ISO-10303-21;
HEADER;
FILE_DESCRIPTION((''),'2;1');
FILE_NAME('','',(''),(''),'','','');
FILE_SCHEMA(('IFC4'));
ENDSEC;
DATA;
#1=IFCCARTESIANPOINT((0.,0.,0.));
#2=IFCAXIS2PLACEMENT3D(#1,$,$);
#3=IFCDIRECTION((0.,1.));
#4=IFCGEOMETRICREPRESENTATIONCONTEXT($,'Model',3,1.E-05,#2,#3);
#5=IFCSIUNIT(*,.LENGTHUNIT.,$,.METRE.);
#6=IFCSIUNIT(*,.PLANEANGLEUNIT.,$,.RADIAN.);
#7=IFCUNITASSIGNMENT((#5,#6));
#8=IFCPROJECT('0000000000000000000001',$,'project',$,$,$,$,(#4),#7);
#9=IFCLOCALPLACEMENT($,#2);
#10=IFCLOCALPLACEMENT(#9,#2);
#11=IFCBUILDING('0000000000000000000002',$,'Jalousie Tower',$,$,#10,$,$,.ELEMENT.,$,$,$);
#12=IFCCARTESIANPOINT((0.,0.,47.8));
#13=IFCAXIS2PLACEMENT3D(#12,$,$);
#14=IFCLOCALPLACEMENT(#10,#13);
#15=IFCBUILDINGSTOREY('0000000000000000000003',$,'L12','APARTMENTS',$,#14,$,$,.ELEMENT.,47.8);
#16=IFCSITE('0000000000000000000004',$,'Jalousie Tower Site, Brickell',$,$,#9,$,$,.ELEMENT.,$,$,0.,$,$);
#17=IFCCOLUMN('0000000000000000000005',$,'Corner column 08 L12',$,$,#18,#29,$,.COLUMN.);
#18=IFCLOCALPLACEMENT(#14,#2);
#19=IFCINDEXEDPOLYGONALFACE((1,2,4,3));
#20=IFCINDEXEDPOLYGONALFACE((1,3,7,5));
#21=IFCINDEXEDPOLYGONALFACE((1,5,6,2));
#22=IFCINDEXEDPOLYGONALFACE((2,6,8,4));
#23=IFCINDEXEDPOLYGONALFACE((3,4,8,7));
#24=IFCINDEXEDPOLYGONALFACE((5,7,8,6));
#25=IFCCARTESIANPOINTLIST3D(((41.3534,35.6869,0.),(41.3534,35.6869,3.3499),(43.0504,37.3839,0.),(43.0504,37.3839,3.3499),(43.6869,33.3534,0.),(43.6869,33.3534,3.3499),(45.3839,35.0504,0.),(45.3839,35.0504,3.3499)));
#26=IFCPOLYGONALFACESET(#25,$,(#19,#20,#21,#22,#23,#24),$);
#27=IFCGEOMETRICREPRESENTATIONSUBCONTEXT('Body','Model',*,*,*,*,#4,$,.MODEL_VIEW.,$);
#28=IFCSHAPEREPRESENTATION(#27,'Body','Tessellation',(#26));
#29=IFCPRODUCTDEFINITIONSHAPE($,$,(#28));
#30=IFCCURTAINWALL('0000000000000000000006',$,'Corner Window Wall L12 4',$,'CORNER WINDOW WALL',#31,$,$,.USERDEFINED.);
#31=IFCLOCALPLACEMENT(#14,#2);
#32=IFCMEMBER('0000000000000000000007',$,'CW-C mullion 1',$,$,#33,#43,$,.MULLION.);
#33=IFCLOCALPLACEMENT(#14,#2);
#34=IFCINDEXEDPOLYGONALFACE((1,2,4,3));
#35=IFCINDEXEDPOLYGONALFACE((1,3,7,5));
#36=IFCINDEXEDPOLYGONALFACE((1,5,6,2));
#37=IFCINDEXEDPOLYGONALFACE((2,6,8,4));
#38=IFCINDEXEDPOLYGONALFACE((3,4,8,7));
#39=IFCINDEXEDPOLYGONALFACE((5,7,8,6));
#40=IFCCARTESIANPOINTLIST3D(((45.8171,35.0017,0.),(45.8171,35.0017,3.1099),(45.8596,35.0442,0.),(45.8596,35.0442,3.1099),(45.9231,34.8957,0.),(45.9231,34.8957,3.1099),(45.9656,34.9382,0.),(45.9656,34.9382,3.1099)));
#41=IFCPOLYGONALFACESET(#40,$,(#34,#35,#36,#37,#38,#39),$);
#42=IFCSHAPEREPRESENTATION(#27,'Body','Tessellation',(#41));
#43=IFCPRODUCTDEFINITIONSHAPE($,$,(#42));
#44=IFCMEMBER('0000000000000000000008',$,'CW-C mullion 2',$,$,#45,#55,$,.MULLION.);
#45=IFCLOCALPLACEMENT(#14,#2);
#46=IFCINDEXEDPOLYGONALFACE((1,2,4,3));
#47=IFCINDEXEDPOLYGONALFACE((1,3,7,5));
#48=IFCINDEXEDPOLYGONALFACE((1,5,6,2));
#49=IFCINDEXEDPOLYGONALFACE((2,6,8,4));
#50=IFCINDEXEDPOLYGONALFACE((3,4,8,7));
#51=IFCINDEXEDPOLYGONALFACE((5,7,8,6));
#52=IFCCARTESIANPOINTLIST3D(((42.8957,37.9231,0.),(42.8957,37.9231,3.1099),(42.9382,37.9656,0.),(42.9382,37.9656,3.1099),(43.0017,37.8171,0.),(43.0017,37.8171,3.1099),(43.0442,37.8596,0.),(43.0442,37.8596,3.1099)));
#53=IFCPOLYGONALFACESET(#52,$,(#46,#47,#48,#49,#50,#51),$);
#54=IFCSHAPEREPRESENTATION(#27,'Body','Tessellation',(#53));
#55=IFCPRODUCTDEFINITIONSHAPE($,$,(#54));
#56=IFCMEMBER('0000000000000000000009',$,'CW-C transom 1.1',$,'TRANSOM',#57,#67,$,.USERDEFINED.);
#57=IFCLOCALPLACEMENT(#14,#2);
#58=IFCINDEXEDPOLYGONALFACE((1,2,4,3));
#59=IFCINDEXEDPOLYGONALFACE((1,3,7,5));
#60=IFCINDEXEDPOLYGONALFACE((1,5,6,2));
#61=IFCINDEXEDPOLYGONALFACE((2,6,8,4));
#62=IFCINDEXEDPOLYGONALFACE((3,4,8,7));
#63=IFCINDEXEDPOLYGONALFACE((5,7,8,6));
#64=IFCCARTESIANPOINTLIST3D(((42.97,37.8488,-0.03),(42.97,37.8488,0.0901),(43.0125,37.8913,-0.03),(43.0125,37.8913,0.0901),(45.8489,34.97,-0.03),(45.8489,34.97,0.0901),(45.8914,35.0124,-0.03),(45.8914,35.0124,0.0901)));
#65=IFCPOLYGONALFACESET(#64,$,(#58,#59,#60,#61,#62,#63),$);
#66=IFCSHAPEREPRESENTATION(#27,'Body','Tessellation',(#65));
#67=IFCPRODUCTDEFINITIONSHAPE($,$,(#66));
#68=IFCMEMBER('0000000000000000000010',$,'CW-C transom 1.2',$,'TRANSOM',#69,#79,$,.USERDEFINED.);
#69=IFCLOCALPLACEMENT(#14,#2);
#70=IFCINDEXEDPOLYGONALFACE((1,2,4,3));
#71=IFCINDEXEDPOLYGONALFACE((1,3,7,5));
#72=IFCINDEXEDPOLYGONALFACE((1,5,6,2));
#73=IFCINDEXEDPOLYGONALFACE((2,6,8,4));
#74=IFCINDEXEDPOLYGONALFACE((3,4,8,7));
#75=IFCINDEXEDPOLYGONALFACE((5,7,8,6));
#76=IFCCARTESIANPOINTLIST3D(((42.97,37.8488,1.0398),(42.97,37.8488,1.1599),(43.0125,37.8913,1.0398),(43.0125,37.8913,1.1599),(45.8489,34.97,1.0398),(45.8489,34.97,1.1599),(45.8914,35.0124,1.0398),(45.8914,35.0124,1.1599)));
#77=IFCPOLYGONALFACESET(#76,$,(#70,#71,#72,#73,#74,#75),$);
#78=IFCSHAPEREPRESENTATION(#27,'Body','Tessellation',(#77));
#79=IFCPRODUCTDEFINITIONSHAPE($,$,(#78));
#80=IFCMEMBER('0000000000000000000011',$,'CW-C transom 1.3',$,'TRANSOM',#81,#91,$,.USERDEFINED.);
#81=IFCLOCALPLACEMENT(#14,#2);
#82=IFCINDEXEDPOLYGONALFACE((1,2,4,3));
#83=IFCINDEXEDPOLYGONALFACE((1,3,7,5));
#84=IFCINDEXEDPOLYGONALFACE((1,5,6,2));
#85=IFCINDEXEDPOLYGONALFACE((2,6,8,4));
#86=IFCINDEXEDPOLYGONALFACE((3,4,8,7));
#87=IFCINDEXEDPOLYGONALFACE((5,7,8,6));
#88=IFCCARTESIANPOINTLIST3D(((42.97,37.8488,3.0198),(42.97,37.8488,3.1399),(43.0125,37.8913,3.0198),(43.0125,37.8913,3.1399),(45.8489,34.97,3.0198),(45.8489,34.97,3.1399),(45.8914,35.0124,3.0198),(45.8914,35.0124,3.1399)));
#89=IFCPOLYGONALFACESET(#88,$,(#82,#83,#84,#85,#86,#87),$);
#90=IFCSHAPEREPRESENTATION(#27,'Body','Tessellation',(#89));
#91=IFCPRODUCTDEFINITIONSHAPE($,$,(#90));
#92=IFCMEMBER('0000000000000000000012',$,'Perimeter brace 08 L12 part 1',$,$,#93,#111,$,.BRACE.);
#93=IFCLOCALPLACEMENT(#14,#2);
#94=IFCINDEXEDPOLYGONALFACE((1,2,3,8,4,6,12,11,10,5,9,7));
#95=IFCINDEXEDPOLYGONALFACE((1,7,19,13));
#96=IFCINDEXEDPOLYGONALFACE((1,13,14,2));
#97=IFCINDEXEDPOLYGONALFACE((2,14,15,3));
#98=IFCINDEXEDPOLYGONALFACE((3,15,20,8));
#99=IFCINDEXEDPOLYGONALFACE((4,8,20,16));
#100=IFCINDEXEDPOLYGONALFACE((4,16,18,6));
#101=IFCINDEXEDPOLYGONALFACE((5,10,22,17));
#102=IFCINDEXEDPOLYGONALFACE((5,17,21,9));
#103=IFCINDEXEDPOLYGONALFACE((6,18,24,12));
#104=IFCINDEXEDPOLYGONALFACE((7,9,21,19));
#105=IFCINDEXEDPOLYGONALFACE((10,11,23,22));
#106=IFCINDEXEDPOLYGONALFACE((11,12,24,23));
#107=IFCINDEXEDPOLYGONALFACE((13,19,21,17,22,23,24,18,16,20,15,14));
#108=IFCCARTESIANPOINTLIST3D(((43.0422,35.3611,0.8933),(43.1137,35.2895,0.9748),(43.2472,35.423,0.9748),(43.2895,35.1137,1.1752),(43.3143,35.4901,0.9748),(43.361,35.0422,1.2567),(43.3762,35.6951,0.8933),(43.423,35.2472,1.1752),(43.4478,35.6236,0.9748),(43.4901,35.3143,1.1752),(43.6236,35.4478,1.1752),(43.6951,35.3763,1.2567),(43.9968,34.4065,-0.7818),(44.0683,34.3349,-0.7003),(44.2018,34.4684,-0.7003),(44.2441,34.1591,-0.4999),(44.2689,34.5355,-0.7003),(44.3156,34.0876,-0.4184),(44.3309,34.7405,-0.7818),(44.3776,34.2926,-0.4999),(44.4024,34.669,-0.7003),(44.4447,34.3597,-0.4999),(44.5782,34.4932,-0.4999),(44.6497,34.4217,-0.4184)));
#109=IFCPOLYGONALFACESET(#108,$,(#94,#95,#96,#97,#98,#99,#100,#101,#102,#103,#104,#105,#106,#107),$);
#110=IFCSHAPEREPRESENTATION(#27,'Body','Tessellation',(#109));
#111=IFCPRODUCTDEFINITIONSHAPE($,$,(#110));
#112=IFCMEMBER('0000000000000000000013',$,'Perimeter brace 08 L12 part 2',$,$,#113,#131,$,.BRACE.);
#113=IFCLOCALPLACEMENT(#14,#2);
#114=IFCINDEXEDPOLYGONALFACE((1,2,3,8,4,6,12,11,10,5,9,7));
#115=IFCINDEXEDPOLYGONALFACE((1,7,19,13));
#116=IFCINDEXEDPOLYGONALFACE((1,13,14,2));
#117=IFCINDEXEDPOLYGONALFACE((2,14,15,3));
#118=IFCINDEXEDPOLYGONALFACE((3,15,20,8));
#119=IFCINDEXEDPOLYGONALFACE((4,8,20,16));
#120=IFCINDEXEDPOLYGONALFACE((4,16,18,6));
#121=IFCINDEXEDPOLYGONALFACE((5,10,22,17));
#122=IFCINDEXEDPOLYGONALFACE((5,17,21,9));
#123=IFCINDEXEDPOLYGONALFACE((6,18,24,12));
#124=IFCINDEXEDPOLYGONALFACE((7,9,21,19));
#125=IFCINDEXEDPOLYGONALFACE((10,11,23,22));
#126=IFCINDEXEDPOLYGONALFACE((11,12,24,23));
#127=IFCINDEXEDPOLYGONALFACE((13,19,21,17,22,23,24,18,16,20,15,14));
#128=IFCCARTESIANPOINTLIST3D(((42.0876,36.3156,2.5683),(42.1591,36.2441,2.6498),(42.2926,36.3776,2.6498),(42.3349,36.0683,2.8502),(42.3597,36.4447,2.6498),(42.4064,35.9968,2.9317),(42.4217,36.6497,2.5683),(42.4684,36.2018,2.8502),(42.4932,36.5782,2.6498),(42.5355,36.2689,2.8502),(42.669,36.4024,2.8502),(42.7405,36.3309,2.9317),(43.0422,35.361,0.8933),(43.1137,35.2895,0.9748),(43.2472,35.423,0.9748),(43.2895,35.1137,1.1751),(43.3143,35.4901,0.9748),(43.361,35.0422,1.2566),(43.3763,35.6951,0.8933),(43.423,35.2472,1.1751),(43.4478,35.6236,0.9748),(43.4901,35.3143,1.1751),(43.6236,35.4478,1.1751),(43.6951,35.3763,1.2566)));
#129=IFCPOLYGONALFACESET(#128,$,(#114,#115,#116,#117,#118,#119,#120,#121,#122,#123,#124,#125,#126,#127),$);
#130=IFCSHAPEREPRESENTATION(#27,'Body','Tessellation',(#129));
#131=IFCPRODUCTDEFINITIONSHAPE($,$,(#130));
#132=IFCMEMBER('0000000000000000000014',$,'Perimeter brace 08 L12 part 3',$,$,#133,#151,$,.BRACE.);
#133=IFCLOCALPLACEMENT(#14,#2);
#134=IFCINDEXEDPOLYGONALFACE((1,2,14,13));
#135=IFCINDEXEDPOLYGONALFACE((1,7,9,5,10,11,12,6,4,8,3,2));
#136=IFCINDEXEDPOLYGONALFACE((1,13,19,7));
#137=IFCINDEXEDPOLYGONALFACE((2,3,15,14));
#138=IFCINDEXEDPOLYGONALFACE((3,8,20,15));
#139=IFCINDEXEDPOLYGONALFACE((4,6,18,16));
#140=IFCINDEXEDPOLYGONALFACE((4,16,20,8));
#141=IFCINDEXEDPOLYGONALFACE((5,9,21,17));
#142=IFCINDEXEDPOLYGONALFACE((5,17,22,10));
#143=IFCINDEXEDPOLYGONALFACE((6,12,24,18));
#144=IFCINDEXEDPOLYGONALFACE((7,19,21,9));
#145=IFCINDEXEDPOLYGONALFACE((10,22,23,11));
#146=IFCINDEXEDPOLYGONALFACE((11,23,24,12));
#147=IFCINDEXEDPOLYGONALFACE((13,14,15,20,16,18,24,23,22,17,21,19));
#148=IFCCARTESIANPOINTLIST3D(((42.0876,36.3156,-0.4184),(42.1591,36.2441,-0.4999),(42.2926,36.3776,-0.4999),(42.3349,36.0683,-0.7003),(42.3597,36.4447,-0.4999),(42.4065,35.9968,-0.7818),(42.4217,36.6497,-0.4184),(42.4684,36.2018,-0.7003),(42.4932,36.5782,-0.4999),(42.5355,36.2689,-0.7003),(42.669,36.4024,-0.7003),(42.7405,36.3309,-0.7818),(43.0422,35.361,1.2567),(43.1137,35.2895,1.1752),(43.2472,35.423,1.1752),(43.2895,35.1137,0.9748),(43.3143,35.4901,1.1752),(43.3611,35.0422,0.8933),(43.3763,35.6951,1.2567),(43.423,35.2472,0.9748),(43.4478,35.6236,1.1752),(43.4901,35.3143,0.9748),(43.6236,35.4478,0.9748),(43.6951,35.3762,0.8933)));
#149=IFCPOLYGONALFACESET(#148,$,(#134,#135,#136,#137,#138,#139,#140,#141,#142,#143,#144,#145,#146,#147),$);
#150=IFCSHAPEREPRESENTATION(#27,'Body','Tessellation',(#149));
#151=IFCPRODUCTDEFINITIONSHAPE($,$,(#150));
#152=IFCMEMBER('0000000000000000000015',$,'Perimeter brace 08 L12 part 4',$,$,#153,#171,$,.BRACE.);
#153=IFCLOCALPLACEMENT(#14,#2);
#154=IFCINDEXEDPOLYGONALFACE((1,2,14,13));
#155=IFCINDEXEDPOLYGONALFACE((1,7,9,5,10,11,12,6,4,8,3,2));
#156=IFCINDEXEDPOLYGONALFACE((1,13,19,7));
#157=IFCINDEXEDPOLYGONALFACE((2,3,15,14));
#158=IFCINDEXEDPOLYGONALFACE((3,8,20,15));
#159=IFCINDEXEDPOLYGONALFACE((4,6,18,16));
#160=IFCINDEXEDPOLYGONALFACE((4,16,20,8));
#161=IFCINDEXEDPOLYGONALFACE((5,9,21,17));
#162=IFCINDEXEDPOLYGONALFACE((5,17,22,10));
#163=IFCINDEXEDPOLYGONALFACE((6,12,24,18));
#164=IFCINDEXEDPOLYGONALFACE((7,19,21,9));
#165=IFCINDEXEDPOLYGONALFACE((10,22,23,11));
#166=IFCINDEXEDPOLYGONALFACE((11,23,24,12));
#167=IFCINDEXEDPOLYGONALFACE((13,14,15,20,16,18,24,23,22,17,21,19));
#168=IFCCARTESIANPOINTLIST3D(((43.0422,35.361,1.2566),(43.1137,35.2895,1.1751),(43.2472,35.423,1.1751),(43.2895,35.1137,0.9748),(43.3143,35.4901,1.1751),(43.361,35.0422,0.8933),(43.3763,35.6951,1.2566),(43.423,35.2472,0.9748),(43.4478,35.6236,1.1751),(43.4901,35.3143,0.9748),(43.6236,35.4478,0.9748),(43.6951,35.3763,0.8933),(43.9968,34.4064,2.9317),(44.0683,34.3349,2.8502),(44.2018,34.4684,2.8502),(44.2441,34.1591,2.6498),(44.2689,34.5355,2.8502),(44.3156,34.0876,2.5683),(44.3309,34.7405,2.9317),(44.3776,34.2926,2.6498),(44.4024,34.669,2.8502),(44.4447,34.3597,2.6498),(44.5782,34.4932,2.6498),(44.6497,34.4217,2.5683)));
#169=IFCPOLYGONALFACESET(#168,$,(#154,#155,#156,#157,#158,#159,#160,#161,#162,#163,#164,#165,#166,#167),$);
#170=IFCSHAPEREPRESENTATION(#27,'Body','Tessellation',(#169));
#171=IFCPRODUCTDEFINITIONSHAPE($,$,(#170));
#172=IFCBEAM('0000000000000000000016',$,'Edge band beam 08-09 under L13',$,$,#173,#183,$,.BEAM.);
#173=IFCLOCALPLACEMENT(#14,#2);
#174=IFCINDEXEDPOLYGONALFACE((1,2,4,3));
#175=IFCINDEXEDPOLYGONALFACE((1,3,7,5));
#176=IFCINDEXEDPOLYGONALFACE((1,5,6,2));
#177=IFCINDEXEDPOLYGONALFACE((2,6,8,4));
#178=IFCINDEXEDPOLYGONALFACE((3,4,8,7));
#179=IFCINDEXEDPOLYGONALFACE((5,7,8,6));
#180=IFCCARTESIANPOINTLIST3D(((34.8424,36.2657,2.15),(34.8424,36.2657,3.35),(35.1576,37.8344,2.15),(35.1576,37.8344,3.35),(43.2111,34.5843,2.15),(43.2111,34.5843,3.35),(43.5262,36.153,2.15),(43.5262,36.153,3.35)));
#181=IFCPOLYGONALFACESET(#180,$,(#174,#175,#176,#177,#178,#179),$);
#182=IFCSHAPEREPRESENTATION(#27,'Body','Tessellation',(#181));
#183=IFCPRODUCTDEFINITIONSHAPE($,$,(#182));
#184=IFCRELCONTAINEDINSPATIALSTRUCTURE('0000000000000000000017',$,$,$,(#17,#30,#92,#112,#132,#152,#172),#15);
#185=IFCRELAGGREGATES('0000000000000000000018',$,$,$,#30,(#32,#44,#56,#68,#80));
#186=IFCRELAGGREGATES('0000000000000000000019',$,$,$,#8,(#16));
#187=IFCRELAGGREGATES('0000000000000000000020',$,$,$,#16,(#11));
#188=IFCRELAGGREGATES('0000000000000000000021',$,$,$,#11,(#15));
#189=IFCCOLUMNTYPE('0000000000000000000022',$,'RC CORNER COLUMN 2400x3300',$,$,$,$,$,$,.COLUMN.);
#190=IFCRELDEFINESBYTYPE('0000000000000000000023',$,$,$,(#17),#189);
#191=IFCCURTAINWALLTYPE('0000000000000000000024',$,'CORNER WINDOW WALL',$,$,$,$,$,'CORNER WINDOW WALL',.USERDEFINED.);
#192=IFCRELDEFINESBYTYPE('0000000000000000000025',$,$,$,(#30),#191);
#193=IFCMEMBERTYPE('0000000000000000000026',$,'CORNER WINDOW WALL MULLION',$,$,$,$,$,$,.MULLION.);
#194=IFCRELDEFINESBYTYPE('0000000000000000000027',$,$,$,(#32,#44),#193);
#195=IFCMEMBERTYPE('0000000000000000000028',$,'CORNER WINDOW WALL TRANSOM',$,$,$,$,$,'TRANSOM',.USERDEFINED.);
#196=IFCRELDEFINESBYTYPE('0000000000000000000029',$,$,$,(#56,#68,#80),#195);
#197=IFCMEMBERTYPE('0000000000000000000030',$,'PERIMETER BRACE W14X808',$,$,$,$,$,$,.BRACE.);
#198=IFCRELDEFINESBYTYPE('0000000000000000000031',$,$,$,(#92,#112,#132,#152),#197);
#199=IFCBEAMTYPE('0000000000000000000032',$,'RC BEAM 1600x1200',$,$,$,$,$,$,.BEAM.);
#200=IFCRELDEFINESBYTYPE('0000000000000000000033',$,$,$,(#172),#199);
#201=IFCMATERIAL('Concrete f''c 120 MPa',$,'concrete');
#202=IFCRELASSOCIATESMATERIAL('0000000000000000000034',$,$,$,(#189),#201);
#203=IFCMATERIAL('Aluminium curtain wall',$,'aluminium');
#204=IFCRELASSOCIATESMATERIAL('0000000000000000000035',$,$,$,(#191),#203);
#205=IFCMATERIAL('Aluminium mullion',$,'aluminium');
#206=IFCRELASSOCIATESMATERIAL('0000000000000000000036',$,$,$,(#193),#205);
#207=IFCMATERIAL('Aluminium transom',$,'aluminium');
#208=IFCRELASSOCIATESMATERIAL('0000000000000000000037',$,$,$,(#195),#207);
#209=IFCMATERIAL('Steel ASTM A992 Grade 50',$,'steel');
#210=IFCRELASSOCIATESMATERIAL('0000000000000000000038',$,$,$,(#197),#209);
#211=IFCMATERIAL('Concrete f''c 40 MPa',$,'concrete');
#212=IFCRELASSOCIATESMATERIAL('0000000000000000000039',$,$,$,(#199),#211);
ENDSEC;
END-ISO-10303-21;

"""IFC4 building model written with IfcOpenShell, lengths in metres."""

from ifc_helpers import new_model, si_unit, direction, frame, origin, origin_2d, place, context, subcontext, project, spatial, rectangle, i_section, extrude, material, material_profile, profile_set, type_object, element, aggregate, save


model = new_model("IFC4")

# Units and contexts
model_context = context("Model", 3, precision=1e-05, world=origin(), true_north=direction((0.0, 1.0)))
body_context = subcontext(model_context, "Body", "Model", "MODEL_VIEW")
ifc_project = project(units=[si_unit("LENGTHUNIT", "METRE"), si_unit("PLANEANGLEUNIT", "RADIAN")], contexts=[model_context])

# Site, building, storey
site_placement = place(None, origin())
site = spatial("IfcSite", under=ifc_project, at=site_placement, Name="Jalousie Tower Site, Brickell", CompositionType="ELEMENT", RefElevation=0.0)
building_placement = place(site_placement, origin())
building = spatial("IfcBuilding", under=site, at=building_placement, Name="Jalousie Tower", CompositionType="ELEMENT")
storey_placement = place(building_placement, frame((0.0, 0.0, 47.8)))
storey = spatial("IfcBuildingStorey", under=building, at=storey_placement, Name="L12", Description="APARTMENTS", CompositionType="ELEMENT", Elevation=47.8)

# Column
ifc_material_1 = material(Name="Concrete f'c 120 MPa", Category="concrete")
ifc_material_profile_1 = material_profile(ifc_material_1, rectangle(XDim=2.3999, YDim=3.3, at=origin_2d()), Name="RC 2400x3300")
ifc_profile_set_1 = profile_set([ifc_material_profile_1], Name="Concrete f'c 120 MPa")
column_type = type_object("IfcColumnType", Name="RC CORNER COLUMN 2400x3300", PredefinedType="COLUMN", material=ifc_profile_set_1)
column_placement = place(storey_placement, frame((43.3687, 35.3687, 0.0), z_axis=(0.0, 0.0, 1.0), x_axis=(-0.707107, -0.707107, 0.0)))
element("IfcColumn", 1, at=column_placement, inside=storey, type_object=column_type, Name="Corner column 08 L12", PredefinedType="COLUMN", context=body_context, shape_type="SweptSolid", body=[
    extrude(rectangle(XDim=2.3999, YDim=3.3, at=origin_2d()), origin(), (0.0, 0.0, 1.0), 3.3499),
])

# Curtain wall, members
ifc_material_2 = material(Name="Aluminium curtain wall", Category="aluminium")
curtain_wall_type_1 = type_object("IfcCurtainWallType", Name="CORNER WINDOW WALL", ElementType="CORNER WINDOW WALL", PredefinedType="USERDEFINED", material=ifc_material_2)
curtain_wall_1_placement = place(storey_placement, origin())
curtain_wall_1 = element("IfcCurtainWall", 2, at=curtain_wall_1_placement, inside=storey, type_object=curtain_wall_type_1, Name="Corner Window Wall L12 4", ObjectType="CORNER WINDOW WALL", PredefinedType="USERDEFINED")
ifc_material_3 = material(Name="Aluminium mullion", Category="aluminium")
ifc_material_profile_2 = material_profile(ifc_material_3, rectangle(XDim=0.0601, YDim=0.1499, at=origin_2d()), Name="MULLION 60x150")
ifc_profile_set_2 = profile_set([ifc_material_profile_2], Name="Aluminium mullion")
member_type_1 = type_object("IfcMemberType", Name="CORNER WINDOW WALL MULLION", PredefinedType="MULLION", material=ifc_profile_set_2)
member_1_placement = place(storey_placement, frame((45.8914, 34.97, 0.0), z_axis=(0.0, 0.0, 1.0), x_axis=(-0.707107, -0.707107, 0.0)))
member_1 = element("IfcMember", 3, at=member_1_placement, type_object=member_type_1, Name="CW-C mullion 1", PredefinedType="MULLION", context=body_context, shape_type="SweptSolid", body=[
    extrude(rectangle(XDim=0.0601, YDim=0.1499, at=origin_2d()), origin(), (0.0, 0.0, 1.0), 3.1099),
])
member_2_placement = place(storey_placement, frame((42.97, 37.8914, 0.0), z_axis=(0.0, 0.0, 1.0), x_axis=(-0.707107, -0.707107, 0.0)))
member_2 = element("IfcMember", 4, at=member_2_placement, type_object=member_type_1, Name="CW-C mullion 2", PredefinedType="MULLION", context=body_context, shape_type="SweptSolid", body=[
    extrude(rectangle(XDim=0.0601, YDim=0.1499, at=origin_2d()), origin(), (0.0, 0.0, 1.0), 3.1099),
])
ifc_material_4 = material(Name="Aluminium transom", Category="aluminium")
ifc_material_profile_3 = material_profile(ifc_material_4, rectangle(XDim=0.0601, YDim=0.1201, at=origin_2d()), Name="TRANSOM 60x120")
ifc_profile_set_3 = profile_set([ifc_material_profile_3], Name="Aluminium transom")
member_type_2 = type_object("IfcMemberType", Name="CORNER WINDOW WALL TRANSOM", ElementType="TRANSOM", PredefinedType="USERDEFINED", material=ifc_profile_set_3)
member_3_placement = place(storey_placement, frame((45.8701, 34.9912, 0.03), z_axis=(-0.707107, 0.707107, 0.0), x_axis=(-0.707107, -0.707107, 0.0)))
member_3 = element("IfcMember", 5, at=member_3_placement, type_object=member_type_2, Name="CW-C transom 1.1", ObjectType="TRANSOM", PredefinedType="USERDEFINED", context=body_context, shape_type="SweptSolid", body=[
    extrude(rectangle(XDim=0.0601, YDim=0.1201, at=origin_2d()), origin(), (0.0, 0.0, 1.0), 4.0713),
])
member_4_placement = place(storey_placement, frame((45.8701, 34.9912, 1.0999), z_axis=(-0.707107, 0.707107, 0.0), x_axis=(-0.707107, -0.707107, 0.0)))
member_4 = element("IfcMember", 6, at=member_4_placement, type_object=member_type_2, Name="CW-C transom 1.2", ObjectType="TRANSOM", PredefinedType="USERDEFINED", context=body_context, shape_type="SweptSolid", body=[
    extrude(rectangle(XDim=0.0601, YDim=0.1201, at=origin_2d()), origin(), (0.0, 0.0, 1.0), 4.0713),
])
member_5_placement = place(storey_placement, frame((45.8701, 34.9912, 3.0798), z_axis=(-0.707107, 0.707107, 0.0), x_axis=(-0.707107, -0.707107, 0.0)))
member_5 = element("IfcMember", 7, at=member_5_placement, type_object=member_type_2, Name="CW-C transom 1.3", ObjectType="TRANSOM", PredefinedType="USERDEFINED", context=body_context, shape_type="SweptSolid", body=[
    extrude(rectangle(XDim=0.0601, YDim=0.1201, at=origin_2d()), origin(), (0.0, 0.0, 1.0), 4.0713),
])

# Members
ifc_material_5 = material(Name="Steel ASTM A992 Grade 50", Category="steel")
ifc_material_profile_4 = material_profile(ifc_material_5, i_section(OverallWidth=0.4724, OverallDepth=0.5791, WebThickness=0.095, FlangeThickness=0.1299, at=origin_2d()), Name="W14X808")
ifc_profile_set_4 = profile_set([ifc_material_profile_4], Name="Steel ASTM A992 Grade 50")
member_type_3 = type_object("IfcMemberType", Name="PERIMETER BRACE W14X808", PredefinedType="BRACE", material=ifc_profile_set_4)
for number, where, z_axis, x_axis, name in (
    (8, (44.3232, 34.4141, -0.6001), (-0.443718, 0.443718, 0.778607), (-0.707107, -0.707107, 0.0), "Perimeter brace 08 L12 part 1"),
    (9, (43.3687, 35.3687, 1.075), (-0.443718, 0.443718, 0.778607), (-0.707107, -0.707107, 0.0), "Perimeter brace 08 L12 part 2"),
    (10, (42.4141, 36.3232, -0.6001), (0.443718, -0.443718, 0.778607), (0.707107, 0.707107, 0.0), "Perimeter brace 08 L12 part 3"),
    (11, (43.3687, 35.3687, 1.075), (0.443718, -0.443718, 0.778607), (0.707107, 0.707107, 0.0), "Perimeter brace 08 L12 part 4"),
):
    element("IfcMember", number, at=place(storey_placement, frame(where, z_axis=z_axis, x_axis=x_axis)), inside=storey, type_object=member_type_3, Name=name, PredefinedType="BRACE", context=body_context, shape_type="SweptSolid", body=[
        extrude(i_section(OverallWidth=0.4724, OverallDepth=0.5791, WebThickness=0.095, FlangeThickness=0.1299, at=origin_2d()), origin(), (0.0, 0.0, 1.0), 2.1514),
    ])

# Beam
ifc_material_6 = material(Name="Concrete f'c 40 MPa", Category="concrete")
ifc_material_profile_5 = material_profile(ifc_material_6, rectangle(XDim=1.6001, YDim=1.2, at=origin_2d()), Name="RC 1600x1200")
ifc_profile_set_5 = profile_set([ifc_material_profile_5], Name="Concrete f'c 40 MPa")
beam_type_1 = type_object("IfcBeamType", Name="RC BEAM 1600x1200", PredefinedType="BEAM", material=ifc_profile_set_5)
beam_1_placement = place(storey_placement, frame((43.3687, 35.3687, 2.75), z_axis=(-0.980408, 0.19698, 0.0), x_axis=(-0.19698, -0.980408, 0.0)))
element("IfcBeam", 12, at=beam_1_placement, inside=storey, type_object=beam_type_1, Name="Edge band beam 08-09 under L13", PredefinedType="BEAM", context=body_context, shape_type="SweptSolid", body=[
    extrude(rectangle(XDim=1.6001, YDim=1.2, at=origin_2d()), origin(), (0.0, 0.0, 1.0), 8.5359),
])

aggregate(curtain_wall_1, [member_1, member_2, member_3, member_4, member_5])

save(model, "model.ifc")
